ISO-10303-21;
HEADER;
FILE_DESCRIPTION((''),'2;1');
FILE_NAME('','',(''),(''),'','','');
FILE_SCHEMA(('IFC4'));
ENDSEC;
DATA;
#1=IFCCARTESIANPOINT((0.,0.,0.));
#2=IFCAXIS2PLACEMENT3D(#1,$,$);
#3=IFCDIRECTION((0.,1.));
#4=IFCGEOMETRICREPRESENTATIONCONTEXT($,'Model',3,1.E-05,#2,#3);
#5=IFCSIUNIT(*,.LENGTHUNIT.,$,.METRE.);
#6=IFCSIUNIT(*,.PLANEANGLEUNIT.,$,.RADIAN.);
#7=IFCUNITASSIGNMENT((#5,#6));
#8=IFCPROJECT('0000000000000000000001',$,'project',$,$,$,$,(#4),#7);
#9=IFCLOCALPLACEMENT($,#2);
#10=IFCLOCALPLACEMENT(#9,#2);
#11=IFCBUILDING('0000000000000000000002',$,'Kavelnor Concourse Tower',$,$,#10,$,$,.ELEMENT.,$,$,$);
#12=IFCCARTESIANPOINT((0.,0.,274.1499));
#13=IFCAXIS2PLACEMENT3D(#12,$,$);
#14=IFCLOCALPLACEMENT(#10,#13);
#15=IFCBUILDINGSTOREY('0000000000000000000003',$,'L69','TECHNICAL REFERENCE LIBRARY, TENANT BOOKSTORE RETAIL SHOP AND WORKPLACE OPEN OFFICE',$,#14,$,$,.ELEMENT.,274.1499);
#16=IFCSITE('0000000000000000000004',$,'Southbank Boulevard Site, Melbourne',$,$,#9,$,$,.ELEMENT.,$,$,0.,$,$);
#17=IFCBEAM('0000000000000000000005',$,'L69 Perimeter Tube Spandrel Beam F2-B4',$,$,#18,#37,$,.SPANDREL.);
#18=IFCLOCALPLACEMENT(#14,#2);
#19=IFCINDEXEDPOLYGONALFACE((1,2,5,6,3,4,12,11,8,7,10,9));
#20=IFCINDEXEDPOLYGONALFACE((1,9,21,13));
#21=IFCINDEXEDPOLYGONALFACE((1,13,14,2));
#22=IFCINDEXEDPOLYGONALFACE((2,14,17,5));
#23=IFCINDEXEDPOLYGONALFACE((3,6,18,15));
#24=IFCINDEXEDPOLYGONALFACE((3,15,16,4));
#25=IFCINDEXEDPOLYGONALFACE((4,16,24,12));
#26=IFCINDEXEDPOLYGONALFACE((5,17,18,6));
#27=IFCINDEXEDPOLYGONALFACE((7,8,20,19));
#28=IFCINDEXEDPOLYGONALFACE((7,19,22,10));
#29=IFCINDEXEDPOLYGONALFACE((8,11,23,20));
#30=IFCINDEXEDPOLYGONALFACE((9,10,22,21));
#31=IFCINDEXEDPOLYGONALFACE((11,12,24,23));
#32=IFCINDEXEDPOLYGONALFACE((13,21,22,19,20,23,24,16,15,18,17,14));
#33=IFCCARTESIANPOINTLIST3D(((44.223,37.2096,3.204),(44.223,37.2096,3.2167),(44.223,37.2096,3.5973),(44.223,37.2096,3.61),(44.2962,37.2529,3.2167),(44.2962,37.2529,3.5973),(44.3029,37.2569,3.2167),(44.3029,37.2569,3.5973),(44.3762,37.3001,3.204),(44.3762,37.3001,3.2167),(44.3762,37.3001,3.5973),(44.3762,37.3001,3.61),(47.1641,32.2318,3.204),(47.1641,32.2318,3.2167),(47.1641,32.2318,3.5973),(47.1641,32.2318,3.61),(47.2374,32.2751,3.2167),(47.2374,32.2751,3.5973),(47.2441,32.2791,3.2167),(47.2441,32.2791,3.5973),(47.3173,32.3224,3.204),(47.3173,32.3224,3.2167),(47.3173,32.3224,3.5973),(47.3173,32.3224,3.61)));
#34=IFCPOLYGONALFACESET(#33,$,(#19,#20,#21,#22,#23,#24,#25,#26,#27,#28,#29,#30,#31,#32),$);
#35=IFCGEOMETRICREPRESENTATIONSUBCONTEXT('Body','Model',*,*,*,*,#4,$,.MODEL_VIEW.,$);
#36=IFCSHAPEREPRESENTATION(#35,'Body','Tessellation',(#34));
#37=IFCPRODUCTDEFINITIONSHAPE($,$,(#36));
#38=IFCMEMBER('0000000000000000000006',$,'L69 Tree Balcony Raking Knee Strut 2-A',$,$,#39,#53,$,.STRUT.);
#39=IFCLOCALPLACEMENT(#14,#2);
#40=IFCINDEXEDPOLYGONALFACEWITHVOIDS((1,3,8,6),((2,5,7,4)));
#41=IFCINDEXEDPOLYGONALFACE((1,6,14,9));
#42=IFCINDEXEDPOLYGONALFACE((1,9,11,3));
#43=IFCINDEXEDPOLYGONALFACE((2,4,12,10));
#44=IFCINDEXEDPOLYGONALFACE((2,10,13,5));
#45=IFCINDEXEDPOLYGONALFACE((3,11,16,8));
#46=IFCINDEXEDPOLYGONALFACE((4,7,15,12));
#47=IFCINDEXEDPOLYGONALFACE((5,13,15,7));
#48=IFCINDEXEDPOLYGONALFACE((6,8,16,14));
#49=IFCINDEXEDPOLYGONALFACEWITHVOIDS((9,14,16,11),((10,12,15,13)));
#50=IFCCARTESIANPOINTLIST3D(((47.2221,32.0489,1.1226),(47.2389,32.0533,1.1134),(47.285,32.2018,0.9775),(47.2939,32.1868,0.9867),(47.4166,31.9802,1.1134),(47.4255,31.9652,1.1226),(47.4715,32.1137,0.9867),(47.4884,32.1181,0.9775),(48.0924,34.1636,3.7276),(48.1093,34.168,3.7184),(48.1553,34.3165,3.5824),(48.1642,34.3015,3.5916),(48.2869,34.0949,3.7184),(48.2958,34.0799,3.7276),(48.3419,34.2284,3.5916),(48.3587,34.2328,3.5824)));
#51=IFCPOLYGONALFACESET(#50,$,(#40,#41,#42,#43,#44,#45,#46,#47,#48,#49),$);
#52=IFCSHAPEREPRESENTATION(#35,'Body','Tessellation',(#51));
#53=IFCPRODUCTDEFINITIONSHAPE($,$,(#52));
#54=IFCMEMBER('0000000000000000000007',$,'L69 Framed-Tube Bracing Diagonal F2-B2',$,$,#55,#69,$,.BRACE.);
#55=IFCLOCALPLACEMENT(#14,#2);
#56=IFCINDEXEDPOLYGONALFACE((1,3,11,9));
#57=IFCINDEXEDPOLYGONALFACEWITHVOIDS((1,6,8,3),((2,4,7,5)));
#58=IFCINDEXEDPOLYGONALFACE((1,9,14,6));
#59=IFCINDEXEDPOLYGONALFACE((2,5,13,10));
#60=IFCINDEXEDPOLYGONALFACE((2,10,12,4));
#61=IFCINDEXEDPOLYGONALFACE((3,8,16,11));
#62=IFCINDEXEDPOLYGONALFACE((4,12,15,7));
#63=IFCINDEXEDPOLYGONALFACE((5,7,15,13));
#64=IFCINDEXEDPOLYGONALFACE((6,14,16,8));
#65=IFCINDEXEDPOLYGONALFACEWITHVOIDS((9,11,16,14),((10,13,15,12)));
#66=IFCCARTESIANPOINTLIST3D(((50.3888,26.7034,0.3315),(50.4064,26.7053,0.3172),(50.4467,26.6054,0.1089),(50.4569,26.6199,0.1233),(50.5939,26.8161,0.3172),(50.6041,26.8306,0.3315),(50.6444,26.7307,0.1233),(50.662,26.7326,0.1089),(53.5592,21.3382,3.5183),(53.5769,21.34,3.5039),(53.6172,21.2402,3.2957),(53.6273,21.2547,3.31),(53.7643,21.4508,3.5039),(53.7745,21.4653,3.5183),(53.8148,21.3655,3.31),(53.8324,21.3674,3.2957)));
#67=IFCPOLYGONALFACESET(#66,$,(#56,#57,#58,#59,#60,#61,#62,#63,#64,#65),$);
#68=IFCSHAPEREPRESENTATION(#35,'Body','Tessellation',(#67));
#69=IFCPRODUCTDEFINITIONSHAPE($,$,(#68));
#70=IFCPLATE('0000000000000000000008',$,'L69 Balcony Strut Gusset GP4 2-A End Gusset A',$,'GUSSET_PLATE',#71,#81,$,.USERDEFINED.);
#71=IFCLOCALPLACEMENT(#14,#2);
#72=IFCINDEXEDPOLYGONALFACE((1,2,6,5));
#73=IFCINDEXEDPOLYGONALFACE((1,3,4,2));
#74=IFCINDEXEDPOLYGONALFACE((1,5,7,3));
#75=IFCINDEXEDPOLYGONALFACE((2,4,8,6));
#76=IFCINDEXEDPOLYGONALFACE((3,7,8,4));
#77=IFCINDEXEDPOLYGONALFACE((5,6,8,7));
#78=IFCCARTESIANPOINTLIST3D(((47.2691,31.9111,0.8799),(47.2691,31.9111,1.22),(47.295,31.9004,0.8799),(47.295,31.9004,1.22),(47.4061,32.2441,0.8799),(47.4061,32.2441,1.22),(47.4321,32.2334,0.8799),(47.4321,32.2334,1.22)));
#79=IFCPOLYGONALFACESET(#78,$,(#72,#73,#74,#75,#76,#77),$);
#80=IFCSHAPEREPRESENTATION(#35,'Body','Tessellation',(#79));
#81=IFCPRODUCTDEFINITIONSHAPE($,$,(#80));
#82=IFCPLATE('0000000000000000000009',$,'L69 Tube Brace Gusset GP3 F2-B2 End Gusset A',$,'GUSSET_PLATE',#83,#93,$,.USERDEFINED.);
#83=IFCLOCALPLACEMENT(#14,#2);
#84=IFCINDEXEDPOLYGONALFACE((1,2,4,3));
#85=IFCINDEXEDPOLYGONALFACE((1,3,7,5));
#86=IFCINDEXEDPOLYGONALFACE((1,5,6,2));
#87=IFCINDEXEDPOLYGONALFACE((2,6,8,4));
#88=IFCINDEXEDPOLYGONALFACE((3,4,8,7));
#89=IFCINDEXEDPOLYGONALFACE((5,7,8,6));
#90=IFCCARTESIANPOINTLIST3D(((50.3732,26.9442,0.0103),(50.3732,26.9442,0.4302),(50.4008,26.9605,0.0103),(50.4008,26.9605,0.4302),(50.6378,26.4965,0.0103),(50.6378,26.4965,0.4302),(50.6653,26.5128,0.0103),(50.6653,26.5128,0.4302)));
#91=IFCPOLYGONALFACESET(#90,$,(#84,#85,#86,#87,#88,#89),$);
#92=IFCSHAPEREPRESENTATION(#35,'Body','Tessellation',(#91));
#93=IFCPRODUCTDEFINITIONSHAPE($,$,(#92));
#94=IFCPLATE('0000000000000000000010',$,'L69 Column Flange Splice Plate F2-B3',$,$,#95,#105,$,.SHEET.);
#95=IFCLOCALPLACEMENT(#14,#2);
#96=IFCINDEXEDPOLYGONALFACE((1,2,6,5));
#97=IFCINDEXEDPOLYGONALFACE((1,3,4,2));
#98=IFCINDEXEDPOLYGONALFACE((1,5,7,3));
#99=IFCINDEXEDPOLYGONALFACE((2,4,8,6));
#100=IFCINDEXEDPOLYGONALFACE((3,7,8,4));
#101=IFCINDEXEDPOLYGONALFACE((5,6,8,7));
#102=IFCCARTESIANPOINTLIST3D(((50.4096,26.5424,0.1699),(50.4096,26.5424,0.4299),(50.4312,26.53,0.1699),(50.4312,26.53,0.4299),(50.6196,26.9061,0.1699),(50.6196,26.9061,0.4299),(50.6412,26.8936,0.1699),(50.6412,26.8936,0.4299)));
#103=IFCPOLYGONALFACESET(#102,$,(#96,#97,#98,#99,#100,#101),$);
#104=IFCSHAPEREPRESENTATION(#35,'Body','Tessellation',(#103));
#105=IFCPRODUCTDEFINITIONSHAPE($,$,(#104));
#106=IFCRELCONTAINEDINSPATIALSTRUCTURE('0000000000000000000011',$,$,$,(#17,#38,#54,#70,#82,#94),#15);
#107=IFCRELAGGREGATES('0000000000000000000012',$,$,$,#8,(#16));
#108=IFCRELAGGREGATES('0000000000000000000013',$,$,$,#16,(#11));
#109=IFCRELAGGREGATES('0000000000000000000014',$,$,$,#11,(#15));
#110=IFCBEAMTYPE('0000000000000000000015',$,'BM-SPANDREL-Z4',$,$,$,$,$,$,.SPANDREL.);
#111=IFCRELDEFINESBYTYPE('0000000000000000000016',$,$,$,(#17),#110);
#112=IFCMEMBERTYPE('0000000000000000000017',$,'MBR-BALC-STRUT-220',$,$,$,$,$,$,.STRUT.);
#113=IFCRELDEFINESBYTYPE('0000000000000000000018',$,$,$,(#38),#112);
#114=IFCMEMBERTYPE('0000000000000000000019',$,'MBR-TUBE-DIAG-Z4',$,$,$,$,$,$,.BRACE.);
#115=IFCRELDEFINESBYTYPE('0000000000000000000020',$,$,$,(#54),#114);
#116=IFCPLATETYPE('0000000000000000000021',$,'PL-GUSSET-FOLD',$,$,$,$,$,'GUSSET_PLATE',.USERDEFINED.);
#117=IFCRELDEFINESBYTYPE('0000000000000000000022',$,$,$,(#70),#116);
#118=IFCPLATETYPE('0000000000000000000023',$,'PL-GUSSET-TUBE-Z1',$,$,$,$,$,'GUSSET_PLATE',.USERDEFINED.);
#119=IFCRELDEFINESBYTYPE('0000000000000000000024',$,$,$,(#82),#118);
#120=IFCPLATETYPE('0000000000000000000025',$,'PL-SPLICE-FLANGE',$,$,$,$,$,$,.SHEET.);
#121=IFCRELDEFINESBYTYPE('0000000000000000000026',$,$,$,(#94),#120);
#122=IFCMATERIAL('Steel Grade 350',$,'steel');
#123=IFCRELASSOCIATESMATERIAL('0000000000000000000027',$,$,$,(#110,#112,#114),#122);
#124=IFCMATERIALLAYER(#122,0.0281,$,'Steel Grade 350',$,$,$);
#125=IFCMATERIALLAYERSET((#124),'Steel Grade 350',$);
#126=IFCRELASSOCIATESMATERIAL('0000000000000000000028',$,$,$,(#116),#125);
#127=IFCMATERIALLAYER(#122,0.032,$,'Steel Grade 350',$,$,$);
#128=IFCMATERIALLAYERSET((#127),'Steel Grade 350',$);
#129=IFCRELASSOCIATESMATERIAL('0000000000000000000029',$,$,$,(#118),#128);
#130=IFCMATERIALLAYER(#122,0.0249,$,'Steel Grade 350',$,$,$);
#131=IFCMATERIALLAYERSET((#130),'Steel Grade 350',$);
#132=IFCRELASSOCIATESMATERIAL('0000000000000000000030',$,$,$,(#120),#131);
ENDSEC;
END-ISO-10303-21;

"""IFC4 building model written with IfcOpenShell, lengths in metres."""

from ifc_helpers import new_model, si_unit, direction, frame, origin, origin_2d, place, context, subcontext, project, spatial, rectangle, hollow_rectangle, i_section, extrude, material, layer, layer_set, material_profile, profile_set, type_object, element, save


model = new_model("IFC4")

# Units and contexts
model_context = context("Model", 3, precision=1e-05, world=origin(), true_north=direction((0.0, 1.0)))
body_context = subcontext(model_context, "Body", "Model", "MODEL_VIEW")
ifc_project = project(units=[si_unit("LENGTHUNIT", "METRE"), si_unit("PLANEANGLEUNIT", "RADIAN")], contexts=[model_context])

# Site, building, storey
site_placement = place(None, origin())
site = spatial("IfcSite", under=ifc_project, at=site_placement, Name="Southbank Boulevard Site, Melbourne", CompositionType="ELEMENT", RefElevation=0.0)
building_placement = place(site_placement, origin())
building = spatial("IfcBuilding", under=site, at=building_placement, Name="Kavelnor Concourse Tower", CompositionType="ELEMENT")
storey_placement = place(building_placement, frame((0.0, 0.0, 274.1499)))
storey = spatial("IfcBuildingStorey", under=building, at=storey_placement, Name="L69", Description="TECHNICAL REFERENCE LIBRARY, TENANT BOOKSTORE RETAIL SHOP AND WORKPLACE OPEN OFFICE", CompositionType="ELEMENT", Elevation=274.1499)

# Shared definitions
ifc_material = material(Name="Steel Grade 350", Category="steel")

# Beam
ifc_material_profile_1 = material_profile(ifc_material, i_section(OverallWidth=0.178, OverallDepth=0.406, WebThickness=0.0078, FlangeThickness=0.0127, at=origin_2d()), Name="410UB59")
ifc_profile_set_1 = profile_set([ifc_material_profile_1], Name="Steel Grade 350")
beam_type_1 = type_object("IfcBeamType", Name="BM-SPANDREL-Z4", PredefinedType="SPANDREL", material=ifc_profile_set_1)
for number, where, z_axis, x_axis, name in (
    (1, (47.2407, 32.2771, 3.407), (-0.508697, 0.860946, 0.0), (-0.860946, -0.508697, 0.0), "L69 Perimeter Tube Spandrel Beam F2-B4"),
):
    element("IfcBeam", number, at=place(storey_placement, frame(where, z_axis=z_axis, x_axis=x_axis)), inside=storey, type_object=beam_type_1, Name=name, PredefinedType="SPANDREL", context=body_context, shape_type="SweptSolid", body=[
        extrude(i_section(OverallWidth=0.178, OverallDepth=0.406, WebThickness=0.0078, FlangeThickness=0.0127, at=origin_2d()), origin(), (0.0, 0.0, 1.0), 5.7817),
    ])

# Members
ifc_material_profile_2 = material_profile(ifc_material, hollow_rectangle(XDim=0.22, YDim=0.22, WallThickness=0.0139, at=origin_2d()), Name="SHS 220x220x14")
ifc_profile_set_2 = profile_set([ifc_material_profile_2], Name="Steel Grade 350")
member_type_1 = type_object("IfcMemberType", Name="MBR-BALC-STRUT-220", PredefinedType="STRUT", material=ifc_profile_set_2)
member_1_placement = place(storey_placement, frame((47.3552, 32.0835, 1.05), z_axis=(0.251088, 0.610078, 0.751505), x_axis=(-0.924742, 0.380594, 0.0)))
element("IfcMember", 2, at=member_1_placement, inside=storey, type_object=member_type_1, Name="L69 Tree Balcony Raking Knee Strut 2-A", PredefinedType="STRUT", context=body_context, shape_type="SweptSolid", body=[
    extrude(hollow_rectangle(XDim=0.22, YDim=0.22, WallThickness=0.0139, at=origin_2d()), origin(), (0.0, 0.0, 1.0), 3.4663),
])
ifc_material_profile_3 = material_profile(ifc_material, hollow_rectangle(XDim=0.25, YDim=0.25, WallThickness=0.0161, at=origin_2d()), Name="SHS 250x250x16")
ifc_profile_set_3 = profile_set([ifc_material_profile_3], Name="Steel Grade 350")
member_type_2 = type_object("IfcMemberType", Name="MBR-TUBE-DIAG-Z4", PredefinedType="BRACE", material=ifc_profile_set_3)
member_2_placement = place(storey_placement, frame((50.5254, 26.718, 0.2202), z_axis=(0.452949, -0.766519, 0.455286), x_axis=(0.860923, 0.508735, 0.0)))
element("IfcMember", 3, at=member_2_placement, inside=storey, type_object=member_type_2, Name="L69 Framed-Tube Bracing Diagonal F2-B2", PredefinedType="BRACE", context=body_context, shape_type="SweptSolid", body=[
    extrude(hollow_rectangle(XDim=0.25, YDim=0.25, WallThickness=0.0161, at=origin_2d()), origin(), (0.0, 0.0, 1.0), 6.9995),
])

# Plates
ifc_layer_1 = layer(ifc_material, 0.0281, Name="Steel Grade 350")
ifc_layer_set_1 = layer_set([ifc_layer_1], Name="Steel Grade 350")
plate_type_1 = type_object("IfcPlateType", Name="PL-GUSSET-FOLD", ElementType="GUSSET_PLATE", PredefinedType="USERDEFINED", material=ifc_layer_set_1)
plate_1_placement = place(storey_placement, frame((47.3506, 32.0723, 0.8799), z_axis=(0.0, 0.0, 1.0), x_axis=(0.380586, 0.924745, 0.0)))
element("IfcPlate", 4, at=plate_1_placement, inside=storey, type_object=plate_type_1, Name="L69 Balcony Strut Gusset GP4 2-A End Gusset A", ObjectType="GUSSET_PLATE", PredefinedType="USERDEFINED", context=body_context, shape_type="SweptSolid", body=[
    extrude(rectangle(XDim=0.3601, YDim=0.0281, at=origin_2d()), origin(), (0.0, 0.0, 1.0), 0.3401),
])
ifc_layer_2 = layer(ifc_material, 0.032, Name="Steel Grade 350")
ifc_layer_set_2 = layer_set([ifc_layer_2], Name="Steel Grade 350")
plate_type_2 = type_object("IfcPlateType", Name="PL-GUSSET-TUBE-Z1", ElementType="GUSSET_PLATE", PredefinedType="USERDEFINED", material=ifc_layer_set_2)
plate_2_placement = place(storey_placement, frame((50.5193, 26.7285, 0.0103), z_axis=(0.0, 0.0, 1.0), x_axis=(0.508741, -0.86092, 0.0)))
element("IfcPlate", 5, at=plate_2_placement, inside=storey, type_object=plate_type_2, Name="L69 Tube Brace Gusset GP3 F2-B2 End Gusset A", ObjectType="GUSSET_PLATE", PredefinedType="USERDEFINED", context=body_context, shape_type="SweptSolid", body=[
    extrude(rectangle(XDim=0.52, YDim=0.032, at=origin_2d()), origin(), (0.0, 0.0, 1.0), 0.4199),
])
ifc_layer_3 = layer(ifc_material, 0.0249, Name="Steel Grade 350")
ifc_layer_set_3 = layer_set([ifc_layer_3], Name="Steel Grade 350")
plate_type_3 = type_object("IfcPlateType", Name="PL-SPLICE-FLANGE", PredefinedType="SHEET", material=ifc_layer_set_3)
plate_3_placement = place(storey_placement, frame((50.5254, 26.718, 0.1699), z_axis=(0.0, 0.0, 1.0), x_axis=(-0.5, -0.866025, 0.0)))
element("IfcPlate", 6, at=plate_3_placement, inside=storey, type_object=plate_type_3, Name="L69 Column Flange Splice Plate F2-B3", PredefinedType="SHEET", context=body_context, shape_type="SweptSolid", body=[
    extrude(rectangle(XDim=0.4199, YDim=0.0249, at=origin_2d()), origin(), (0.0, 0.0, 1.0), 0.26),
])

save(model, "model.ifc")
